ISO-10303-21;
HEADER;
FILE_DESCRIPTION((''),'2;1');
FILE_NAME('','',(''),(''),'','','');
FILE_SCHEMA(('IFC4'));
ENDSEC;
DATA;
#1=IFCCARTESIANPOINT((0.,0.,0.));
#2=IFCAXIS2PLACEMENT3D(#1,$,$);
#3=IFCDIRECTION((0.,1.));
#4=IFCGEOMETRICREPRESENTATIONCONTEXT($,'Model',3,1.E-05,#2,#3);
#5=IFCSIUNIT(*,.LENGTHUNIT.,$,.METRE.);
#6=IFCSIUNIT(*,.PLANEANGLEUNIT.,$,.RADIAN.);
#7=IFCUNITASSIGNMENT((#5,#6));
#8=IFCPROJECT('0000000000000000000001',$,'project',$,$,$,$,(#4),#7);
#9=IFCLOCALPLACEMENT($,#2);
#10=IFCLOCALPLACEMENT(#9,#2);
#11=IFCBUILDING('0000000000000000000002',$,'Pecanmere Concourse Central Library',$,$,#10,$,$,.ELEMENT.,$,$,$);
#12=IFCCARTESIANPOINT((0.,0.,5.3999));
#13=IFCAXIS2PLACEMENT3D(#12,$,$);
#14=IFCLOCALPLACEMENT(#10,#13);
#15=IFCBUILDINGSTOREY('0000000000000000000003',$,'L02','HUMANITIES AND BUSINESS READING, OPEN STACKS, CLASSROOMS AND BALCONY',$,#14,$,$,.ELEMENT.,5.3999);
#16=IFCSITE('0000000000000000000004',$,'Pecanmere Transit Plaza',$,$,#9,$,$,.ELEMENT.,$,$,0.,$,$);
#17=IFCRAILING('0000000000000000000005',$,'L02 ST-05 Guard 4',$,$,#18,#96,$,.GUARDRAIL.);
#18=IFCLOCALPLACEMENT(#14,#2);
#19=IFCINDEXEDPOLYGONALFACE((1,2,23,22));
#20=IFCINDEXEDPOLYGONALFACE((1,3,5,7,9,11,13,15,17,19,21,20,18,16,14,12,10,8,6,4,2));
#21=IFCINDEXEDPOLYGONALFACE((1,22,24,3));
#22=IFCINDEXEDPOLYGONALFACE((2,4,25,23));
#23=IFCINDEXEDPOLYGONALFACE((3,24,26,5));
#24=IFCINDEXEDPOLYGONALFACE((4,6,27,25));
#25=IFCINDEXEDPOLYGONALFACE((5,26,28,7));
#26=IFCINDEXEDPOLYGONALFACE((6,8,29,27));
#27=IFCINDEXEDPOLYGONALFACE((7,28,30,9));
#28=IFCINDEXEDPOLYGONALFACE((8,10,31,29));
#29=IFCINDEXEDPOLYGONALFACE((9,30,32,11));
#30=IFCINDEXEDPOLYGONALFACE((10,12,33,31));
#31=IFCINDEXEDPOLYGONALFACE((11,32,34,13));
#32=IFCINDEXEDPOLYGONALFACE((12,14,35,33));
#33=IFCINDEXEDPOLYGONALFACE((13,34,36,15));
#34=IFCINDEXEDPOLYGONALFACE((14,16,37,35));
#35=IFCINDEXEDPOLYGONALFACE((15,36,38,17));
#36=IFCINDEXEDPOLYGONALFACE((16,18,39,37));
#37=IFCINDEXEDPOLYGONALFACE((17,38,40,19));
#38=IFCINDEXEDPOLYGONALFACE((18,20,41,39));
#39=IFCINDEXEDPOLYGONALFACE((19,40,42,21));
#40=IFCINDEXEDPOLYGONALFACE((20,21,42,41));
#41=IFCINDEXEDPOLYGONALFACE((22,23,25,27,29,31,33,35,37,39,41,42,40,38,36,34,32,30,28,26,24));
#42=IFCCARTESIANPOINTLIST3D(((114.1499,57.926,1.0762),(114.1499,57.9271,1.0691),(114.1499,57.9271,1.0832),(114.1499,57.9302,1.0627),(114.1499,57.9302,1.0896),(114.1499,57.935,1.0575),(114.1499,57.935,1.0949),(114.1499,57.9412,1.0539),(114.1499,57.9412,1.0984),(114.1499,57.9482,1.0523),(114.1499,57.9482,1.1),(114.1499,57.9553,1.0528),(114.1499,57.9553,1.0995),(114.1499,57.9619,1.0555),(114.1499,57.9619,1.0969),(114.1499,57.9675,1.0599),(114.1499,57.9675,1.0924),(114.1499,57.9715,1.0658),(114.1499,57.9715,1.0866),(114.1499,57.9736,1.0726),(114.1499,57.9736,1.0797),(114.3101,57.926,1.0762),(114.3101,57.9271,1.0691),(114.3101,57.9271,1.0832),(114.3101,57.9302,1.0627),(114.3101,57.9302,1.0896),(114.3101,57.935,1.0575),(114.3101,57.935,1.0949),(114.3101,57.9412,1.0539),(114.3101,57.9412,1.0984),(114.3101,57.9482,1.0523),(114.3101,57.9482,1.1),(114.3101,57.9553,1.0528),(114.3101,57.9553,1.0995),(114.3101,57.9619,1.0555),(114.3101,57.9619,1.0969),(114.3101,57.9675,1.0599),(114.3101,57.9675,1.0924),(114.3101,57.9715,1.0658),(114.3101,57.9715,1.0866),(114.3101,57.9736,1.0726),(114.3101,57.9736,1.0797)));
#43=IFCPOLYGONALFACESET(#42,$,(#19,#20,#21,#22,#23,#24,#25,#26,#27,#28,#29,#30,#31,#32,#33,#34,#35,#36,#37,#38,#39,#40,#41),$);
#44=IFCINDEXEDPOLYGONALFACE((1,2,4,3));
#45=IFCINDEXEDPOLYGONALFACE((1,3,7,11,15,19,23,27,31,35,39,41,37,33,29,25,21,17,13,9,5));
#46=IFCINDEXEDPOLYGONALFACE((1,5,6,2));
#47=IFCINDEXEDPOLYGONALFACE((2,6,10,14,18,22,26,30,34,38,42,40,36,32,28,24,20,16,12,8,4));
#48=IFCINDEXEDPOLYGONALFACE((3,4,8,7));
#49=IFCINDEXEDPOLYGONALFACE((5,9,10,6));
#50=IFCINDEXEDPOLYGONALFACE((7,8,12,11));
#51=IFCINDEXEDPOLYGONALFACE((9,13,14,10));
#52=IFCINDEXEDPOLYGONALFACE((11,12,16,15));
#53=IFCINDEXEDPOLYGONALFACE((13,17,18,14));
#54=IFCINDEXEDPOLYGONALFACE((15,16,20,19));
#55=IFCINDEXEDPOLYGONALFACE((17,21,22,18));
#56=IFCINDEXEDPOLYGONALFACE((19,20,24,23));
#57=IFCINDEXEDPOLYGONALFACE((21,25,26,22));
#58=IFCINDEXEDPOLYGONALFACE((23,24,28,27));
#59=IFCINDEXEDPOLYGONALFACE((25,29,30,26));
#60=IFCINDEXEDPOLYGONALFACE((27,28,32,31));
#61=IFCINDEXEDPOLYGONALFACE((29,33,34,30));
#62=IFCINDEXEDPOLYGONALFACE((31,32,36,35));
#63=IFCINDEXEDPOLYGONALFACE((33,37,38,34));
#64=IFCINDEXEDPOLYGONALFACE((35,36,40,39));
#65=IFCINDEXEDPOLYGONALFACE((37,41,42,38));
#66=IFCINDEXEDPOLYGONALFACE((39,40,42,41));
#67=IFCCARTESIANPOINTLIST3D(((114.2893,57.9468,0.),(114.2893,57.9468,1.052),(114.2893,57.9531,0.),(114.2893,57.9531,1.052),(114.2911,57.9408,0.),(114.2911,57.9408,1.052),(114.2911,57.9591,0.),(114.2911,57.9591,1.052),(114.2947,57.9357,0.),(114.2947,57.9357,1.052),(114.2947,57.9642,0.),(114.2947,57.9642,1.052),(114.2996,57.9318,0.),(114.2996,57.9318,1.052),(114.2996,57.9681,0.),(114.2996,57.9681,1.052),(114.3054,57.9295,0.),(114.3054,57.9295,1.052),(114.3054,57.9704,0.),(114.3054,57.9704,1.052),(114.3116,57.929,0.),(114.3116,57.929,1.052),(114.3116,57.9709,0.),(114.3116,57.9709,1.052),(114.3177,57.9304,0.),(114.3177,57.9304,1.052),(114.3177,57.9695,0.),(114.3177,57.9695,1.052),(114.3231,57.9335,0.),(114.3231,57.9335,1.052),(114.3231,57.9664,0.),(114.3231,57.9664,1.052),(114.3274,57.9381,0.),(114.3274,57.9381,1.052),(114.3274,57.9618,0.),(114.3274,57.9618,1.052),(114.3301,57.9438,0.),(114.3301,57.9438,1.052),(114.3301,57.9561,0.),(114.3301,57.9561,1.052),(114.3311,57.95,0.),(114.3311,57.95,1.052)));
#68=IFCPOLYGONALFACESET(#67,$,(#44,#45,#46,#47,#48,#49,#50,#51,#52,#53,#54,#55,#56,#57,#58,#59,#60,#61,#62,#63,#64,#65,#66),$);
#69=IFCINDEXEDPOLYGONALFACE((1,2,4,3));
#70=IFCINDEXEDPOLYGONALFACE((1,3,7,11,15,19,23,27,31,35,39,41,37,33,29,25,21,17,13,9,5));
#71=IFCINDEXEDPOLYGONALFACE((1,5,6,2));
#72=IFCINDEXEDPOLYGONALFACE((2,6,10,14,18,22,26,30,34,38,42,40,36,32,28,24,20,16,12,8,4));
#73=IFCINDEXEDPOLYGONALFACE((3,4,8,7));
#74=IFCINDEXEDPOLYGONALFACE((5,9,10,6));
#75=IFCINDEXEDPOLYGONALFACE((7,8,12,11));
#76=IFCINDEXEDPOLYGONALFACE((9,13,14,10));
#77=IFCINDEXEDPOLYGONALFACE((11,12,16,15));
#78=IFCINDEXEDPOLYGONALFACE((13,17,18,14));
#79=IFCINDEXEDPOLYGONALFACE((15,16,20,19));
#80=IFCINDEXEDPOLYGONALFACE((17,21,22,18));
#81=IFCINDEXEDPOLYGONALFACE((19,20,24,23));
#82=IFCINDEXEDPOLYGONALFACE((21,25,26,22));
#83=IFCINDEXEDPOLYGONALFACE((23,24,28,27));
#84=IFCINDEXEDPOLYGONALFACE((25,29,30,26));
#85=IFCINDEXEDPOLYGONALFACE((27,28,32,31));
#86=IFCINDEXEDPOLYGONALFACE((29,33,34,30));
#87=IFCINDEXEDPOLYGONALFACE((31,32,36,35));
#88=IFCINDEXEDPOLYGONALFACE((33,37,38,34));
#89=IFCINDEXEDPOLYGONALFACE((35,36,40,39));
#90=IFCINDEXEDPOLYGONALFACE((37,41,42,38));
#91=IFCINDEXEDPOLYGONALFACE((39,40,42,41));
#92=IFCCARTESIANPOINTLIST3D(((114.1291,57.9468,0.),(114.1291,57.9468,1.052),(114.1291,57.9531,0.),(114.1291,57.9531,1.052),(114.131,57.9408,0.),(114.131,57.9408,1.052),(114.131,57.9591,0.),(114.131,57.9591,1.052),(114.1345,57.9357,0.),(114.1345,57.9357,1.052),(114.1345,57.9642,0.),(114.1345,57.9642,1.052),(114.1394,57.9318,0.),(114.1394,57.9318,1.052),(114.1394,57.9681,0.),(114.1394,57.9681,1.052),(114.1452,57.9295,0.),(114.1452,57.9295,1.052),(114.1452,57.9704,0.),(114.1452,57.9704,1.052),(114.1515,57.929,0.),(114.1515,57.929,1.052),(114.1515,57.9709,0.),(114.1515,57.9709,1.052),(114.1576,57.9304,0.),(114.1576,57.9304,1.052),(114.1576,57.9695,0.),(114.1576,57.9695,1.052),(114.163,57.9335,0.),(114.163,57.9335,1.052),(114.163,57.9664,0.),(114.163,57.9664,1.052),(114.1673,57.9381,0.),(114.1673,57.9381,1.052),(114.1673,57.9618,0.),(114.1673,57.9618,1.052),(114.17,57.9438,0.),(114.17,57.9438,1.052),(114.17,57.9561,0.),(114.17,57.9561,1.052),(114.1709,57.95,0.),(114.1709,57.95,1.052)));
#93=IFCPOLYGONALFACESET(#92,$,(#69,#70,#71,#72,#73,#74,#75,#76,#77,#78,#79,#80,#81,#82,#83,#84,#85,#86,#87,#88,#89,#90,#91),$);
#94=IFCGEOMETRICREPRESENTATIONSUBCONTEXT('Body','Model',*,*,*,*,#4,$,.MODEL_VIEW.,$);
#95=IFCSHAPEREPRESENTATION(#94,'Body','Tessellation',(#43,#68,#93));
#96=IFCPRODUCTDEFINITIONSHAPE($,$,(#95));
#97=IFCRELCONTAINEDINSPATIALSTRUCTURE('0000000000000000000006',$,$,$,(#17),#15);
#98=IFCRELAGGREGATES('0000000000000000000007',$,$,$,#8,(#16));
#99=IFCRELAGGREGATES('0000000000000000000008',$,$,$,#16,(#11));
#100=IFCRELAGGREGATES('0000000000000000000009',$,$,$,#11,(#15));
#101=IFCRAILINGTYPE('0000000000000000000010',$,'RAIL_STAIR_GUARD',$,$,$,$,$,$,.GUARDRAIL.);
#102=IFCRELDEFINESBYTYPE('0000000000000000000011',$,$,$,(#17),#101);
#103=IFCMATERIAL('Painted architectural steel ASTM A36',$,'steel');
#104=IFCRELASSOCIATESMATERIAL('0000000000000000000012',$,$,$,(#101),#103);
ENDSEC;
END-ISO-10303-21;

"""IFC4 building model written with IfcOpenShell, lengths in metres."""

from ifc_helpers import new_model, si_unit, direction, frame, origin, origin_2d, place, context, subcontext, project, spatial, circle, extrude, material, type_object, element, save


model = new_model("IFC4")

# Units and contexts
model_context = context("Model", 3, precision=1e-05, world=origin(), true_north=direction((0.0, 1.0)))
body_context = subcontext(model_context, "Body", "Model", "MODEL_VIEW")
ifc_project = project(units=[si_unit("LENGTHUNIT", "METRE"), si_unit("PLANEANGLEUNIT", "RADIAN")], contexts=[model_context])

# Site, building, storey
site_placement = place(None, origin())
site = spatial("IfcSite", under=ifc_project, at=site_placement, Name="Pecanmere Transit Plaza", CompositionType="ELEMENT", RefElevation=0.0)
building_placement = place(site_placement, origin())
building = spatial("IfcBuilding", under=site, at=building_placement, Name="Pecanmere Concourse Central Library", CompositionType="ELEMENT")
storey_placement = place(building_placement, frame((0.0, 0.0, 5.3999)))
storey = spatial("IfcBuildingStorey", under=building, at=storey_placement, Name="L02", Description="HUMANITIES AND BUSINESS READING, OPEN STACKS, CLASSROOMS AND BALCONY", CompositionType="ELEMENT", Elevation=5.3999)

# Railing
ifc_material_1 = material(Name="Painted architectural steel ASTM A36", Category="steel")
railing_type_1 = type_object("IfcRailingType", Name="RAIL_STAIR_GUARD", PredefinedType="GUARDRAIL", material=ifc_material_1)
railing_1_placement = place(storey_placement, frame((114.3101, 57.95, 0.0)))
element("IfcRailing", 1, at=railing_1_placement, inside=storey, type_object=railing_type_1, Name="L02 ST-05 Guard 4", PredefinedType="GUARDRAIL", context=body_context, shape_type="SweptSolid", body=[
    extrude(circle(Radius=0.0239, at=origin_2d()), frame((0.0, 0.0, 1.0762), z_axis=(-1.0, 0.0, 0.0), x_axis=(0.0, -1.0, 0.0)), (0.0, 0.0, 1.0), 0.1602),
    extrude(circle(Radius=0.021, at=origin_2d()), origin(), (0.0, 0.0, 1.0), 1.052),
    extrude(circle(Radius=0.021, at=origin_2d()), frame((-0.1602, 0.0, 0.0)), (0.0, 0.0, 1.0), 1.052),
])

save(model, "model.ifc")
